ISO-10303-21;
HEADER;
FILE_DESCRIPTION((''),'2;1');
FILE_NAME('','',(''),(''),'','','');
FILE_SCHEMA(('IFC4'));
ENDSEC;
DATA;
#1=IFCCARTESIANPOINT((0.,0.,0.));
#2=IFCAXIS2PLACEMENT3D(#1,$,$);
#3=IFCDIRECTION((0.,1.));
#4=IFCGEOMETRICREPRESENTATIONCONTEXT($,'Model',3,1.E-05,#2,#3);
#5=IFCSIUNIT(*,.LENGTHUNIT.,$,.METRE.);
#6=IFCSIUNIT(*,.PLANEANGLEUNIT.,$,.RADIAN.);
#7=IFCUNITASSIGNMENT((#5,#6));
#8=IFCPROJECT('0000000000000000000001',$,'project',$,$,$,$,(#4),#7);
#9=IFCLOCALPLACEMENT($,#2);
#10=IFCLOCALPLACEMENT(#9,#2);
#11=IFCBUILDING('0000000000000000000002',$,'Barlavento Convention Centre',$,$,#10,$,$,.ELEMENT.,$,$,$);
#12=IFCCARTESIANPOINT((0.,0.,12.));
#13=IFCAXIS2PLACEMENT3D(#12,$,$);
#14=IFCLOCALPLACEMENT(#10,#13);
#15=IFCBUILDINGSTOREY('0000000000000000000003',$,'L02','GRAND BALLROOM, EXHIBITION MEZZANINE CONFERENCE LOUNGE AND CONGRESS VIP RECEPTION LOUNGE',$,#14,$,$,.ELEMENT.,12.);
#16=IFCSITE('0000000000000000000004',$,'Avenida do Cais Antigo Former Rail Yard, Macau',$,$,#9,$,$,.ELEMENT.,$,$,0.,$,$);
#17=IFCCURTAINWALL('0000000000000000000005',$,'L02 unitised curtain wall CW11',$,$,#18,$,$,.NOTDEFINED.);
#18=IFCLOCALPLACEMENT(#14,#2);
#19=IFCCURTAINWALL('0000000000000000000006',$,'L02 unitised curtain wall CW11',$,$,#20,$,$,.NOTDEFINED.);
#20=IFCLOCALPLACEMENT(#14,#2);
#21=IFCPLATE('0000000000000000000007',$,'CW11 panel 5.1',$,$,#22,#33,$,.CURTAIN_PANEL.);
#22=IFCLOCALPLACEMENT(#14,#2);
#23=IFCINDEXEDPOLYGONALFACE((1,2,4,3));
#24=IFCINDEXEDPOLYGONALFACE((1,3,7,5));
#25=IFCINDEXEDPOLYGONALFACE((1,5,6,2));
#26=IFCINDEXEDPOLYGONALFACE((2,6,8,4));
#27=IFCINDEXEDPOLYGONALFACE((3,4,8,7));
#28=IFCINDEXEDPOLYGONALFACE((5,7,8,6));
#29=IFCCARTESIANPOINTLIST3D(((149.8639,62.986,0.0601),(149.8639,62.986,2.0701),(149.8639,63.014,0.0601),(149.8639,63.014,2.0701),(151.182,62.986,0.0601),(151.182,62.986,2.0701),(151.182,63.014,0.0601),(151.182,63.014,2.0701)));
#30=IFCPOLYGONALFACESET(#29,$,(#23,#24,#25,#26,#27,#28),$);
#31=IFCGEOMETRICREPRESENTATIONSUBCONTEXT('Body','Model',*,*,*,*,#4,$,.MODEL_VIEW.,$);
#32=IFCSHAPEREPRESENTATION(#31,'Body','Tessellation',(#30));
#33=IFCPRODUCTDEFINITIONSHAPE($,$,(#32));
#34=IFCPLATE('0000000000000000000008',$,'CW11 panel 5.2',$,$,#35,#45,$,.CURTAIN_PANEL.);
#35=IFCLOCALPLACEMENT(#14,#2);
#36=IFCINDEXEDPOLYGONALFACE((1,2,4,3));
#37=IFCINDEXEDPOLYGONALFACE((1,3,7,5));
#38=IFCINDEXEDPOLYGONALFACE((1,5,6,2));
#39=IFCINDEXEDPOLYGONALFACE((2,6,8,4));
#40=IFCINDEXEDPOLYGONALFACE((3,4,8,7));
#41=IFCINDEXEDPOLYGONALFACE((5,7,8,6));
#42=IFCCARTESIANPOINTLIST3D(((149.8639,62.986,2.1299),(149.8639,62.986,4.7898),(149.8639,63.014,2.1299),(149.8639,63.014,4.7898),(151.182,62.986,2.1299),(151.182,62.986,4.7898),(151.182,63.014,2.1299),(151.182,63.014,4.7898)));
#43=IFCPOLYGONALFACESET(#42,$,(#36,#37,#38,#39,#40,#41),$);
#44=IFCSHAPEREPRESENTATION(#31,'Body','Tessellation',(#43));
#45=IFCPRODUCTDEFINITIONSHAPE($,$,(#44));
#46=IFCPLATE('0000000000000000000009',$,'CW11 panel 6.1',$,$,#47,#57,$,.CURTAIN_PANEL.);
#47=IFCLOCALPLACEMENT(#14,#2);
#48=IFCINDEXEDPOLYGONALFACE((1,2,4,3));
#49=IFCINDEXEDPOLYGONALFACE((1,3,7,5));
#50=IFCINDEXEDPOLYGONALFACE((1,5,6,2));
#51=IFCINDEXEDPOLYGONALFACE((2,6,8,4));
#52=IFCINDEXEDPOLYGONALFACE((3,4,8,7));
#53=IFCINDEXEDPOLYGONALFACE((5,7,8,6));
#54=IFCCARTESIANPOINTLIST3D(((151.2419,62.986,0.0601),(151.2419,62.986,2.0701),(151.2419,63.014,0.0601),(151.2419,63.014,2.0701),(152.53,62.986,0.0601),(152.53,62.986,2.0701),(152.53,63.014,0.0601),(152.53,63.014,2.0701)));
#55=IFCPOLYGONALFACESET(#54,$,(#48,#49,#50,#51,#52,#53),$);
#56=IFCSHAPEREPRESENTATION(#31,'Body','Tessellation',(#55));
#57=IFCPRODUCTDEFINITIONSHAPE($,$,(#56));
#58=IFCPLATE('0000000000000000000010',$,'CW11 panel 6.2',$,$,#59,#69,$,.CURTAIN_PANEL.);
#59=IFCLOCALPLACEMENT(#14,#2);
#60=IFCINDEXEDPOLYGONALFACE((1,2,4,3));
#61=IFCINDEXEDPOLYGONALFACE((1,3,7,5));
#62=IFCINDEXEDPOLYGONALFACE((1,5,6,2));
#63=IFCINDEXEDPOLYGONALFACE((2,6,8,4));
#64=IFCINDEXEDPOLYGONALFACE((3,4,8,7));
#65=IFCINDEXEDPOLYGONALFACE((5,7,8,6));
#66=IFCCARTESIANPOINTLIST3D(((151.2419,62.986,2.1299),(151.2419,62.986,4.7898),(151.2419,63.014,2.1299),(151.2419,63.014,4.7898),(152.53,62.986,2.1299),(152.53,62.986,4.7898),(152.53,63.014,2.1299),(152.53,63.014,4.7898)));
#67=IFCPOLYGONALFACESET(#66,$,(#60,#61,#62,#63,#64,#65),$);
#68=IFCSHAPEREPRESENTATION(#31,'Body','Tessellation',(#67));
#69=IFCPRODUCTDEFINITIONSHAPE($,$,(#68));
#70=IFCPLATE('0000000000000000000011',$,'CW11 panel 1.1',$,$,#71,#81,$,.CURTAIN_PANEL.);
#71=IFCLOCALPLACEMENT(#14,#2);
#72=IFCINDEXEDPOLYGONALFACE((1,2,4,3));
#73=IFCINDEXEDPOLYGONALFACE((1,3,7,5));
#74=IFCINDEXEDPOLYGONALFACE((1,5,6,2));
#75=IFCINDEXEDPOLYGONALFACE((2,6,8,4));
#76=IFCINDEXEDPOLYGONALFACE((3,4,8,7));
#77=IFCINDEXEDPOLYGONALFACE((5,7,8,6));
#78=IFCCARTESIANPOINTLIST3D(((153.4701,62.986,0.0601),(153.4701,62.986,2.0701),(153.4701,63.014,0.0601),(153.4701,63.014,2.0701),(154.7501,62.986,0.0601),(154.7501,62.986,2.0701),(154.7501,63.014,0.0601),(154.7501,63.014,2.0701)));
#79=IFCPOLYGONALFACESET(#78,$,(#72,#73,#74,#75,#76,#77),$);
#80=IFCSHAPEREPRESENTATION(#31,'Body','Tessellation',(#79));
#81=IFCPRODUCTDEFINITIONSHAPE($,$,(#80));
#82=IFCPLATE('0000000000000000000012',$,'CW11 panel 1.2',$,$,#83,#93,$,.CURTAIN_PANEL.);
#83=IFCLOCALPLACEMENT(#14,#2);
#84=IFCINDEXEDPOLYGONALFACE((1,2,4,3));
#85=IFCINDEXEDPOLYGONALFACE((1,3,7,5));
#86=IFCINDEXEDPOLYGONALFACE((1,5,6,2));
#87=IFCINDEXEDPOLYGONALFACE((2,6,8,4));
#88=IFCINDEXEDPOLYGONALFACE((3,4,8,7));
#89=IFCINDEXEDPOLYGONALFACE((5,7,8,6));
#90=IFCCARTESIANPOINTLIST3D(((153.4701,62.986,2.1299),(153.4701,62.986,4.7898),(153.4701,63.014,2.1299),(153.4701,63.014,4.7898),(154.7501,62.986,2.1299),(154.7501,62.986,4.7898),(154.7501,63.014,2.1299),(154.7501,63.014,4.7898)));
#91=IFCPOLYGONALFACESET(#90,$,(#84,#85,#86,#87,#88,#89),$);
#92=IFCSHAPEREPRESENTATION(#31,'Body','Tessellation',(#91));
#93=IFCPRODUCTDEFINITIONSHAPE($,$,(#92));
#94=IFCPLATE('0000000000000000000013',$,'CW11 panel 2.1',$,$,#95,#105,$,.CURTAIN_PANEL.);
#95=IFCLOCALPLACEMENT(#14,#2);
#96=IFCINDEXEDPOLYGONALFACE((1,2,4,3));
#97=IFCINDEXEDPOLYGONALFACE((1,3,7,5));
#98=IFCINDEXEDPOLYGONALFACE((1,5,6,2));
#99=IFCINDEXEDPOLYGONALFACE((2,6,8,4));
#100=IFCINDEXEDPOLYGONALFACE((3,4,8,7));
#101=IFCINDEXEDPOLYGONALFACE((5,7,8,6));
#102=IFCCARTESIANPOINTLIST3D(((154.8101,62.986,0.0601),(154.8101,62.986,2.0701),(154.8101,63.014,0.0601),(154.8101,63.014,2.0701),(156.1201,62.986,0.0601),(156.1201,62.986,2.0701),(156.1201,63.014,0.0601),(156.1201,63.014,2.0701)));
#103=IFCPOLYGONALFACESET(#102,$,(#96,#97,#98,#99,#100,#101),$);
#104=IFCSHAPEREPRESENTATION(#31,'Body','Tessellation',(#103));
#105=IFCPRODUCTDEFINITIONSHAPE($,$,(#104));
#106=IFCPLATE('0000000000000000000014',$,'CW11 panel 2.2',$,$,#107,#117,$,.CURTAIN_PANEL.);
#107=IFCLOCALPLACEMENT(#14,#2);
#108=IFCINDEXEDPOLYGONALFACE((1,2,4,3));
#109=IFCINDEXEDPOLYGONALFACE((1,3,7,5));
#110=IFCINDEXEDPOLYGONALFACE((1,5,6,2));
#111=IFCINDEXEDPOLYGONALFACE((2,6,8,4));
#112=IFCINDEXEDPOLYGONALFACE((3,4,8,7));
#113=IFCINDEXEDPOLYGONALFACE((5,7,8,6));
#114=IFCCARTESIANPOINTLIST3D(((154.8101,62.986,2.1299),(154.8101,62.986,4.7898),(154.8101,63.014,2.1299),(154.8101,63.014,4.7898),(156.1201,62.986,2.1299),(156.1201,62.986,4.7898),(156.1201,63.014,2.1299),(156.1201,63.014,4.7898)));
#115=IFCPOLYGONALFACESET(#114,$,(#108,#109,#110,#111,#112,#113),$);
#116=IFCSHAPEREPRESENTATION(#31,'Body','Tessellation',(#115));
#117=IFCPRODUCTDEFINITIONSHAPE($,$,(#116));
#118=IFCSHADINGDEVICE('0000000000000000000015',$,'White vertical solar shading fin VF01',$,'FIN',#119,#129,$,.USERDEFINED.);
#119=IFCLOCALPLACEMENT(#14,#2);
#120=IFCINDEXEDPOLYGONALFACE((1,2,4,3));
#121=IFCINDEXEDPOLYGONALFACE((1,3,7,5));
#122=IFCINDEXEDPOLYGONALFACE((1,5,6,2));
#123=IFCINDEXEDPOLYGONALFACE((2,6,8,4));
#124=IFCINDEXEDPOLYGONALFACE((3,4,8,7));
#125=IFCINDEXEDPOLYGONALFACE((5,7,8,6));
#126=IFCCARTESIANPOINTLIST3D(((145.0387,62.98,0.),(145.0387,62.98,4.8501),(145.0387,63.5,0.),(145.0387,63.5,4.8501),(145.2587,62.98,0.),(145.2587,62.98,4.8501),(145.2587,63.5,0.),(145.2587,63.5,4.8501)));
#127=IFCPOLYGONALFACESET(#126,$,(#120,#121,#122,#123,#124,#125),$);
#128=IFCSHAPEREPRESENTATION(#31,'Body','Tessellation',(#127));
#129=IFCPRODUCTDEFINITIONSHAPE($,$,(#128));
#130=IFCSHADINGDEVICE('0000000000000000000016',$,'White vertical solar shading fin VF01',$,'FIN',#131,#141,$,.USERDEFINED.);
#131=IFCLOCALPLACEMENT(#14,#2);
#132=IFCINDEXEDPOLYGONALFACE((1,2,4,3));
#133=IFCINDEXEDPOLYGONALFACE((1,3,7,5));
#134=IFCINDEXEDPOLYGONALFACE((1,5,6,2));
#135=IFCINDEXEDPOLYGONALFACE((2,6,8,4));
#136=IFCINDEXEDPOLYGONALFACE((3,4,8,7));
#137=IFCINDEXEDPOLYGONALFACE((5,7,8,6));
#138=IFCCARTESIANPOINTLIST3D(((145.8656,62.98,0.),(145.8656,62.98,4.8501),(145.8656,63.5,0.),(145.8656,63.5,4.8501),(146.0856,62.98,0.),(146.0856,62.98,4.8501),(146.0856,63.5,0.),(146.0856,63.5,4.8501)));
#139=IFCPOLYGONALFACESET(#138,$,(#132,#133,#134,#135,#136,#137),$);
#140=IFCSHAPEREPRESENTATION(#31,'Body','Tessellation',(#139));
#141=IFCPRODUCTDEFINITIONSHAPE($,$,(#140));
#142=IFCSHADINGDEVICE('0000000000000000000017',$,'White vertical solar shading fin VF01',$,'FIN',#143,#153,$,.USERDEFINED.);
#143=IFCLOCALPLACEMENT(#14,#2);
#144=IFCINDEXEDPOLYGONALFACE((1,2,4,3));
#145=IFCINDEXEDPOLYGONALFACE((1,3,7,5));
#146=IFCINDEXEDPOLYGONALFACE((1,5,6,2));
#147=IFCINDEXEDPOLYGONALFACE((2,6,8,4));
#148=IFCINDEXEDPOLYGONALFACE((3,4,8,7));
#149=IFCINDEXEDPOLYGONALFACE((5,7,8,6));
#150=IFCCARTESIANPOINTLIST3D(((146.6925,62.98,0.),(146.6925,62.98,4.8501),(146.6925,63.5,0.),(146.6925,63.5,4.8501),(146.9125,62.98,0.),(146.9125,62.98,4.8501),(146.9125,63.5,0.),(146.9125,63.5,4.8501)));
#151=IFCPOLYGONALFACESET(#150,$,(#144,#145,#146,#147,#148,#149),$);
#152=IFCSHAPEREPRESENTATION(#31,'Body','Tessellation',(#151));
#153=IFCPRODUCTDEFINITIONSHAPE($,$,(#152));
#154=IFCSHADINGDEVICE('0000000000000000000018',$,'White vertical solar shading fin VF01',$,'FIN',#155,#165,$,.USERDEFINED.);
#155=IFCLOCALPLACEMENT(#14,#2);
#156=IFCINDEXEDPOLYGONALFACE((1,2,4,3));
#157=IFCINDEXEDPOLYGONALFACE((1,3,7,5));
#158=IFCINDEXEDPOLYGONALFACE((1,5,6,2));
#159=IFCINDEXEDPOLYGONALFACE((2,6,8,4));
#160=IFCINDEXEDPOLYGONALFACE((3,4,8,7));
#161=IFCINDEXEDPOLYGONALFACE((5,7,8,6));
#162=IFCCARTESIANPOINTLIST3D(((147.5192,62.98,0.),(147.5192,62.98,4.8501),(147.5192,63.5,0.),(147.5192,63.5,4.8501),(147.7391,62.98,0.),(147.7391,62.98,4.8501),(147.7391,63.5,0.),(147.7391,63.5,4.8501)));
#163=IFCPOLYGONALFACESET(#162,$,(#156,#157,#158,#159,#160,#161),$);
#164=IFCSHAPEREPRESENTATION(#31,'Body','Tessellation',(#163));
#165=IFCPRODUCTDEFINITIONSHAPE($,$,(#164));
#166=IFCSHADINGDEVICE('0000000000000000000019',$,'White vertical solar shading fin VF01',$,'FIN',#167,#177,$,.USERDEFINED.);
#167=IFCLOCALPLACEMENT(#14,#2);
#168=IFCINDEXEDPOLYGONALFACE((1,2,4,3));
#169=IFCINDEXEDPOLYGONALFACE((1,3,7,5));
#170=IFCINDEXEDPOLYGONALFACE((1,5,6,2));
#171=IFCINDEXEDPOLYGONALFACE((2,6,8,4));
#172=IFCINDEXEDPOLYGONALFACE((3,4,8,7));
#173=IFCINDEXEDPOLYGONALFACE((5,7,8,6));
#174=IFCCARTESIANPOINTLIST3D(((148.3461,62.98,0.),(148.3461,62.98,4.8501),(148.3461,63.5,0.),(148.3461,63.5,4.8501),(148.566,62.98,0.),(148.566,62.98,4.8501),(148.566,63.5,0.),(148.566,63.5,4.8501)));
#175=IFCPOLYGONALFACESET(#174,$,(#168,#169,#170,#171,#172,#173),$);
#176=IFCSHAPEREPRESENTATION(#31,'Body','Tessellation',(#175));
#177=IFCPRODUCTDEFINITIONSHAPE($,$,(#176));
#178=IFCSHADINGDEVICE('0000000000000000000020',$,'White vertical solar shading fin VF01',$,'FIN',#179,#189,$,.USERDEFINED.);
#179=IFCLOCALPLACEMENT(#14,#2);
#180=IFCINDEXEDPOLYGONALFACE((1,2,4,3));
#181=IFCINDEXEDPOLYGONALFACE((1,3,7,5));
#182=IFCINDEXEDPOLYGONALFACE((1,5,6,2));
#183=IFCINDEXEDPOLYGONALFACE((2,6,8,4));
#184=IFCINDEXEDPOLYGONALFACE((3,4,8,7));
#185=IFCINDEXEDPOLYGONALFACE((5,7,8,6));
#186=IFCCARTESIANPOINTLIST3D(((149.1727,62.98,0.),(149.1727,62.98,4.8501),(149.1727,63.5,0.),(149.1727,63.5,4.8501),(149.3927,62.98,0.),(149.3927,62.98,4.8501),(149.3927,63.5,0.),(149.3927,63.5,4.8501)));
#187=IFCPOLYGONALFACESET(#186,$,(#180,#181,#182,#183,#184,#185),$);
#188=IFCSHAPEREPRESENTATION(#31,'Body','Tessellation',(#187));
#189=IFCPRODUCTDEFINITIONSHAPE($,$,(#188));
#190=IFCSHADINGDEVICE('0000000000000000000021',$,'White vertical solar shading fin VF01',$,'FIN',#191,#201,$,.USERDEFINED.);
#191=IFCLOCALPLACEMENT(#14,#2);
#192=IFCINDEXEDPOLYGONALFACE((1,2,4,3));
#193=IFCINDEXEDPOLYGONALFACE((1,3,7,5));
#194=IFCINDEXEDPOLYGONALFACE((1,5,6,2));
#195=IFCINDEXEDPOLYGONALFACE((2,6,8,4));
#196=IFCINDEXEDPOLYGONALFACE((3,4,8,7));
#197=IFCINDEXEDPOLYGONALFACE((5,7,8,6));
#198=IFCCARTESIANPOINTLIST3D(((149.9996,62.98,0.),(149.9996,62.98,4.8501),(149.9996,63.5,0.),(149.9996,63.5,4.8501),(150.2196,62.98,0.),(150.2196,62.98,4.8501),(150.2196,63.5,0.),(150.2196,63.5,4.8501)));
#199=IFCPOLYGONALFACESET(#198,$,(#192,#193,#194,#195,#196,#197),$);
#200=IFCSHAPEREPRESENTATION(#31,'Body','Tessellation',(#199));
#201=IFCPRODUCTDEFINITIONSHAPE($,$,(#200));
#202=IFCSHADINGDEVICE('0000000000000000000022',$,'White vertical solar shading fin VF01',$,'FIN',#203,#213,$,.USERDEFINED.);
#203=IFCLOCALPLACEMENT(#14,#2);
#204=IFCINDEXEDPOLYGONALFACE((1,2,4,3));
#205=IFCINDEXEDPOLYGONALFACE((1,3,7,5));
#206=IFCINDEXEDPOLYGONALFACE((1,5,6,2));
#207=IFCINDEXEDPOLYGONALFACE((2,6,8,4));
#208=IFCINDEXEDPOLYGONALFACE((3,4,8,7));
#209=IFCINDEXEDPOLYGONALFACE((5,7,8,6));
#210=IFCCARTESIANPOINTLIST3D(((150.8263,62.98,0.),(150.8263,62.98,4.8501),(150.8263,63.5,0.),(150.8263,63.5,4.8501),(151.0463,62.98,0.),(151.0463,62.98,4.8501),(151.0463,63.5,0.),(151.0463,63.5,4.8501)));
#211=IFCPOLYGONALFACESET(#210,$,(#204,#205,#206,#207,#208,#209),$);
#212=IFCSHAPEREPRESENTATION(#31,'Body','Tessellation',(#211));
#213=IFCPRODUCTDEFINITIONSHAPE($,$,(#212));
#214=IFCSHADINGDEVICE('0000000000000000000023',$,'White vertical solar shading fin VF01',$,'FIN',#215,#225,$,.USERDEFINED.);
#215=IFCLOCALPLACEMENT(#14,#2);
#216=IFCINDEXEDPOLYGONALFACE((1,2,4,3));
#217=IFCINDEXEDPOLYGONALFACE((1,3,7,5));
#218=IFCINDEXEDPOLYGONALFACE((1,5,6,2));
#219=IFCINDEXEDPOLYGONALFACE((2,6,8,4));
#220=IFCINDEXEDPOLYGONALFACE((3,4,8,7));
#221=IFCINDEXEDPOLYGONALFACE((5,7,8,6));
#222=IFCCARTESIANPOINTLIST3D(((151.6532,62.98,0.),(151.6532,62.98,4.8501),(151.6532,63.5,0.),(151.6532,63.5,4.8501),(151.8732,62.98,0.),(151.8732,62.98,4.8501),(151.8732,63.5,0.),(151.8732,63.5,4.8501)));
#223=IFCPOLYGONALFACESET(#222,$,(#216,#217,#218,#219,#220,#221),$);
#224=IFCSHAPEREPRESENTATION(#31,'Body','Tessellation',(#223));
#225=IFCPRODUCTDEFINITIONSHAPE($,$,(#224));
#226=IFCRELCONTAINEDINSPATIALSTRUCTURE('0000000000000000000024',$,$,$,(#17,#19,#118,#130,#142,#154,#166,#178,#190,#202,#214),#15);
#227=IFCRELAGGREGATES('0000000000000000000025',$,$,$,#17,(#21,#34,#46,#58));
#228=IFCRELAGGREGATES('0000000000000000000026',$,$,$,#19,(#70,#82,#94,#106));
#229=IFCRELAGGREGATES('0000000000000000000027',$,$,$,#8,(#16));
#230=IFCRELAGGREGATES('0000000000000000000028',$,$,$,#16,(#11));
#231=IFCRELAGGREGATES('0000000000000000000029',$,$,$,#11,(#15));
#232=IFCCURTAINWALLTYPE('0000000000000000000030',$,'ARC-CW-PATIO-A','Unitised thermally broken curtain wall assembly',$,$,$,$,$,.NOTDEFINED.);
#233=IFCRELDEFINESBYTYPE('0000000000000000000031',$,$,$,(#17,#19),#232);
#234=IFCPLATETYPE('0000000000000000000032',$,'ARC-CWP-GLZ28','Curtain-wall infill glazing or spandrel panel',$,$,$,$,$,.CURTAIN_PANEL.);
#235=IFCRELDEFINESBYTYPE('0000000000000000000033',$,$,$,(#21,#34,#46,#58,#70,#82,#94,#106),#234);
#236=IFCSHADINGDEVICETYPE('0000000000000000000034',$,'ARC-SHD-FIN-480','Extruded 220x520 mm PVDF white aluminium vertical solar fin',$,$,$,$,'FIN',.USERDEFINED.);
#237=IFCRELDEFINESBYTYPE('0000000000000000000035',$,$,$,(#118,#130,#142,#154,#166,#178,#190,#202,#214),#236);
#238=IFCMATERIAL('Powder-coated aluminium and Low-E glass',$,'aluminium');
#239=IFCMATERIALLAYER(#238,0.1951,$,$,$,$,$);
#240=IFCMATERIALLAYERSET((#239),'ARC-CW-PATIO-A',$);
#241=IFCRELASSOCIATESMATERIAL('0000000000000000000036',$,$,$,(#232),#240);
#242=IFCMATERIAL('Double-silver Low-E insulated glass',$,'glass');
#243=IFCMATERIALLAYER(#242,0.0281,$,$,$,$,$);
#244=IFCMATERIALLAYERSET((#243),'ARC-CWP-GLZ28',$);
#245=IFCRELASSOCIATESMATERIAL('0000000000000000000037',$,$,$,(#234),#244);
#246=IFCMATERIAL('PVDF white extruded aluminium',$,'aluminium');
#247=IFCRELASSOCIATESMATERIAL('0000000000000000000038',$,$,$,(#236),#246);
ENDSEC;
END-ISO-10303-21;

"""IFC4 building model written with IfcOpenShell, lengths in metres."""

from ifc_helpers import new_model, si_unit, direction, frame, origin, origin_2d, place, context, subcontext, project, spatial, rectangle, extrude, material, layer, layer_set, type_object, element, aggregate, save


model = new_model("IFC4")

# Units and contexts
model_context = context("Model", 3, precision=1e-05, world=origin(), true_north=direction((0.0, 1.0)))
body_context = subcontext(model_context, "Body", "Model", "MODEL_VIEW")
ifc_project = project(units=[si_unit("LENGTHUNIT", "METRE"), si_unit("PLANEANGLEUNIT", "RADIAN")], contexts=[model_context])

# Site, building, storey
site_placement = place(None, origin())
site = spatial("IfcSite", under=ifc_project, at=site_placement, Name="Avenida do Cais Antigo Former Rail Yard, Macau", CompositionType="ELEMENT", RefElevation=0.0)
building_placement = place(site_placement, origin())
building = spatial("IfcBuilding", under=site, at=building_placement, Name="Barlavento Convention Centre", CompositionType="ELEMENT")
storey_placement = place(building_placement, frame((0.0, 0.0, 12.0)))
storey = spatial("IfcBuildingStorey", under=building, at=storey_placement, Name="L02", Description="GRAND BALLROOM, EXHIBITION MEZZANINE CONFERENCE LOUNGE AND CONGRESS VIP RECEPTION LOUNGE", CompositionType="ELEMENT", Elevation=12.0)

# Curtain walls
ifc_material_1 = material(Name="Powder-coated aluminium and Low-E glass", Category="aluminium")
ifc_layer_1 = layer(ifc_material_1, 0.1951)
ifc_layer_set_1 = layer_set([ifc_layer_1], Name="ARC-CW-PATIO-A")
curtain_wall_type = type_object("IfcCurtainWallType", Name="ARC-CW-PATIO-A", Description="Unitised thermally broken curtain wall assembly", PredefinedType="NOTDEFINED", material=ifc_layer_set_1)
curtain_wall_1_placement = place(storey_placement, origin())
curtain_wall_1 = element("IfcCurtainWall", 1, at=curtain_wall_1_placement, inside=storey, type_object=curtain_wall_type, Name="L02 unitised curtain wall CW11", PredefinedType="NOTDEFINED")
curtain_wall_2_placement = place(storey_placement, origin())
curtain_wall_2 = element("IfcCurtainWall", 2, at=curtain_wall_2_placement, inside=storey, type_object=curtain_wall_type, Name="L02 unitised curtain wall CW11", PredefinedType="NOTDEFINED")

# Plates
ifc_material_2 = material(Name="Double-silver Low-E insulated glass", Category="glass")
ifc_layer_2 = layer(ifc_material_2, 0.0281)
ifc_layer_set_2 = layer_set([ifc_layer_2], Name="ARC-CWP-GLZ28")
plate_type = type_object("IfcPlateType", Name="ARC-CWP-GLZ28", Description="Curtain-wall infill glazing or spandrel panel", PredefinedType="CURTAIN_PANEL", material=ifc_layer_set_2)
plate_1_placement = place(storey_placement, frame((150.5229, 63.0, 0.0601), z_axis=(0.0, 0.0, 1.0), x_axis=(1.0, 0.0, 0.0)))
plate_1 = element("IfcPlate", 3, at=plate_1_placement, type_object=plate_type, Name="CW11 panel 5.1", PredefinedType="CURTAIN_PANEL", context=body_context, shape_type="SweptSolid", body=[
    extrude(rectangle(XDim=1.3181, YDim=0.0281, at=origin_2d()), origin(), (0.0, 0.0, 1.0), 2.01),
])
plate_2_placement = place(storey_placement, frame((150.5229, 63.0, 2.1299), z_axis=(0.0, 0.0, 1.0), x_axis=(1.0, 0.0, 0.0)))
plate_2 = element("IfcPlate", 4, at=plate_2_placement, type_object=plate_type, Name="CW11 panel 5.2", PredefinedType="CURTAIN_PANEL", context=body_context, shape_type="SweptSolid", body=[
    extrude(rectangle(XDim=1.3181, YDim=0.0281, at=origin_2d()), origin(), (0.0, 0.0, 1.0), 2.6599),
])
plate_3_placement = place(storey_placement, frame((151.886, 63.0, 0.0601), z_axis=(0.0, 0.0, 1.0), x_axis=(1.0, 0.0, 0.0)))
plate_3 = element("IfcPlate", 5, at=plate_3_placement, type_object=plate_type, Name="CW11 panel 6.1", PredefinedType="CURTAIN_PANEL", context=body_context, shape_type="SweptSolid", body=[
    extrude(rectangle(XDim=1.2881, YDim=0.0281, at=origin_2d()), origin(), (0.0, 0.0, 1.0), 2.01),
])
plate_4_placement = place(storey_placement, frame((151.886, 63.0, 2.1299), z_axis=(0.0, 0.0, 1.0), x_axis=(1.0, 0.0, 0.0)))
plate_4 = element("IfcPlate", 6, at=plate_4_placement, type_object=plate_type, Name="CW11 panel 6.2", PredefinedType="CURTAIN_PANEL", context=body_context, shape_type="SweptSolid", body=[
    extrude(rectangle(XDim=1.2881, YDim=0.0281, at=origin_2d()), origin(), (0.0, 0.0, 1.0), 2.6599),
])
aggregate(curtain_wall_1, [plate_1, plate_2, plate_3, plate_4])
plate_5_placement = place(storey_placement, frame((154.1101, 63.0, 0.0601), z_axis=(0.0, 0.0, 1.0), x_axis=(1.0, 0.0, 0.0)))
plate_5 = element("IfcPlate", 7, at=plate_5_placement, type_object=plate_type, Name="CW11 panel 1.1", PredefinedType="CURTAIN_PANEL", context=body_context, shape_type="SweptSolid", body=[
    extrude(rectangle(XDim=1.28, YDim=0.0281, at=origin_2d()), origin(), (0.0, 0.0, 1.0), 2.01),
])
plate_6_placement = place(storey_placement, frame((154.1101, 63.0, 2.1299), z_axis=(0.0, 0.0, 1.0), x_axis=(1.0, 0.0, 0.0)))
plate_6 = element("IfcPlate", 8, at=plate_6_placement, type_object=plate_type, Name="CW11 panel 1.2", PredefinedType="CURTAIN_PANEL", context=body_context, shape_type="SweptSolid", body=[
    extrude(rectangle(XDim=1.28, YDim=0.0281, at=origin_2d()), origin(), (0.0, 0.0, 1.0), 2.6599),
])
plate_7_placement = place(storey_placement, frame((155.4651, 63.0, 0.0601), z_axis=(0.0, 0.0, 1.0), x_axis=(1.0, 0.0, 0.0)))
plate_7 = element("IfcPlate", 9, at=plate_7_placement, type_object=plate_type, Name="CW11 panel 2.1", PredefinedType="CURTAIN_PANEL", context=body_context, shape_type="SweptSolid", body=[
    extrude(rectangle(XDim=1.3101, YDim=0.0281, at=origin_2d()), origin(), (0.0, 0.0, 1.0), 2.01),
])
plate_8_placement = place(storey_placement, frame((155.4651, 63.0, 2.1299), z_axis=(0.0, 0.0, 1.0), x_axis=(1.0, 0.0, 0.0)))
plate_8 = element("IfcPlate", 10, at=plate_8_placement, type_object=plate_type, Name="CW11 panel 2.2", PredefinedType="CURTAIN_PANEL", context=body_context, shape_type="SweptSolid", body=[
    extrude(rectangle(XDim=1.3101, YDim=0.0281, at=origin_2d()), origin(), (0.0, 0.0, 1.0), 2.6599),
])
aggregate(curtain_wall_2, [plate_5, plate_6, plate_7, plate_8])

# Shading devices
ifc_material_3 = material(Name="PVDF white extruded aluminium", Category="aluminium")
shading_device_type = type_object("IfcShadingDeviceType", Name="ARC-SHD-FIN-480", Description="Extruded 220x520 mm PVDF white aluminium vertical solar fin", ElementType="FIN", PredefinedType="USERDEFINED", material=ifc_material_3)
for number, where, z_axis, x_axis, name in (
    (11, (145.1487, 63.24, 0.0), (0.0, 0.0, 1.0), (1.0, 0.0, 0.0), "White vertical solar shading fin VF01"),
    (12, (145.9756, 63.24, 0.0), (0.0, 0.0, 1.0), (1.0, 0.0, 0.0), "White vertical solar shading fin VF01"),
    (13, (146.8025, 63.24, 0.0), (0.0, 0.0, 1.0), (1.0, 0.0, 0.0), "White vertical solar shading fin VF01"),
    (14, (147.6292, 63.24, 0.0), (0.0, 0.0, 1.0), (1.0, 0.0, 0.0), "White vertical solar shading fin VF01"),
    (15, (148.4561, 63.24, 0.0), (0.0, 0.0, 1.0), (1.0, 0.0, 0.0), "White vertical solar shading fin VF01"),
    (16, (149.2827, 63.24, 0.0), (0.0, 0.0, 1.0), (1.0, 0.0, 0.0), "White vertical solar shading fin VF01"),
    (17, (150.1096, 63.24, 0.0), (0.0, 0.0, 1.0), (1.0, 0.0, 0.0), "White vertical solar shading fin VF01"),
    (18, (150.9363, 63.24, 0.0), (0.0, 0.0, 1.0), (1.0, 0.0, 0.0), "White vertical solar shading fin VF01"),
    (19, (151.7632, 63.24, 0.0), (0.0, 0.0, 1.0), (1.0, 0.0, 0.0), "White vertical solar shading fin VF01"),
):
    element("IfcShadingDevice", number, at=place(storey_placement, frame(where, z_axis=z_axis, x_axis=x_axis)), inside=storey, type_object=shading_device_type, Name=name, ObjectType="FIN", PredefinedType="USERDEFINED", context=body_context, shape_type="SweptSolid", body=[
        extrude(rectangle(XDim=0.22, YDim=0.52, at=origin_2d()), origin(), (0.0, 0.0, 1.0), 4.8501),
    ])

save(model, "model.ifc")
